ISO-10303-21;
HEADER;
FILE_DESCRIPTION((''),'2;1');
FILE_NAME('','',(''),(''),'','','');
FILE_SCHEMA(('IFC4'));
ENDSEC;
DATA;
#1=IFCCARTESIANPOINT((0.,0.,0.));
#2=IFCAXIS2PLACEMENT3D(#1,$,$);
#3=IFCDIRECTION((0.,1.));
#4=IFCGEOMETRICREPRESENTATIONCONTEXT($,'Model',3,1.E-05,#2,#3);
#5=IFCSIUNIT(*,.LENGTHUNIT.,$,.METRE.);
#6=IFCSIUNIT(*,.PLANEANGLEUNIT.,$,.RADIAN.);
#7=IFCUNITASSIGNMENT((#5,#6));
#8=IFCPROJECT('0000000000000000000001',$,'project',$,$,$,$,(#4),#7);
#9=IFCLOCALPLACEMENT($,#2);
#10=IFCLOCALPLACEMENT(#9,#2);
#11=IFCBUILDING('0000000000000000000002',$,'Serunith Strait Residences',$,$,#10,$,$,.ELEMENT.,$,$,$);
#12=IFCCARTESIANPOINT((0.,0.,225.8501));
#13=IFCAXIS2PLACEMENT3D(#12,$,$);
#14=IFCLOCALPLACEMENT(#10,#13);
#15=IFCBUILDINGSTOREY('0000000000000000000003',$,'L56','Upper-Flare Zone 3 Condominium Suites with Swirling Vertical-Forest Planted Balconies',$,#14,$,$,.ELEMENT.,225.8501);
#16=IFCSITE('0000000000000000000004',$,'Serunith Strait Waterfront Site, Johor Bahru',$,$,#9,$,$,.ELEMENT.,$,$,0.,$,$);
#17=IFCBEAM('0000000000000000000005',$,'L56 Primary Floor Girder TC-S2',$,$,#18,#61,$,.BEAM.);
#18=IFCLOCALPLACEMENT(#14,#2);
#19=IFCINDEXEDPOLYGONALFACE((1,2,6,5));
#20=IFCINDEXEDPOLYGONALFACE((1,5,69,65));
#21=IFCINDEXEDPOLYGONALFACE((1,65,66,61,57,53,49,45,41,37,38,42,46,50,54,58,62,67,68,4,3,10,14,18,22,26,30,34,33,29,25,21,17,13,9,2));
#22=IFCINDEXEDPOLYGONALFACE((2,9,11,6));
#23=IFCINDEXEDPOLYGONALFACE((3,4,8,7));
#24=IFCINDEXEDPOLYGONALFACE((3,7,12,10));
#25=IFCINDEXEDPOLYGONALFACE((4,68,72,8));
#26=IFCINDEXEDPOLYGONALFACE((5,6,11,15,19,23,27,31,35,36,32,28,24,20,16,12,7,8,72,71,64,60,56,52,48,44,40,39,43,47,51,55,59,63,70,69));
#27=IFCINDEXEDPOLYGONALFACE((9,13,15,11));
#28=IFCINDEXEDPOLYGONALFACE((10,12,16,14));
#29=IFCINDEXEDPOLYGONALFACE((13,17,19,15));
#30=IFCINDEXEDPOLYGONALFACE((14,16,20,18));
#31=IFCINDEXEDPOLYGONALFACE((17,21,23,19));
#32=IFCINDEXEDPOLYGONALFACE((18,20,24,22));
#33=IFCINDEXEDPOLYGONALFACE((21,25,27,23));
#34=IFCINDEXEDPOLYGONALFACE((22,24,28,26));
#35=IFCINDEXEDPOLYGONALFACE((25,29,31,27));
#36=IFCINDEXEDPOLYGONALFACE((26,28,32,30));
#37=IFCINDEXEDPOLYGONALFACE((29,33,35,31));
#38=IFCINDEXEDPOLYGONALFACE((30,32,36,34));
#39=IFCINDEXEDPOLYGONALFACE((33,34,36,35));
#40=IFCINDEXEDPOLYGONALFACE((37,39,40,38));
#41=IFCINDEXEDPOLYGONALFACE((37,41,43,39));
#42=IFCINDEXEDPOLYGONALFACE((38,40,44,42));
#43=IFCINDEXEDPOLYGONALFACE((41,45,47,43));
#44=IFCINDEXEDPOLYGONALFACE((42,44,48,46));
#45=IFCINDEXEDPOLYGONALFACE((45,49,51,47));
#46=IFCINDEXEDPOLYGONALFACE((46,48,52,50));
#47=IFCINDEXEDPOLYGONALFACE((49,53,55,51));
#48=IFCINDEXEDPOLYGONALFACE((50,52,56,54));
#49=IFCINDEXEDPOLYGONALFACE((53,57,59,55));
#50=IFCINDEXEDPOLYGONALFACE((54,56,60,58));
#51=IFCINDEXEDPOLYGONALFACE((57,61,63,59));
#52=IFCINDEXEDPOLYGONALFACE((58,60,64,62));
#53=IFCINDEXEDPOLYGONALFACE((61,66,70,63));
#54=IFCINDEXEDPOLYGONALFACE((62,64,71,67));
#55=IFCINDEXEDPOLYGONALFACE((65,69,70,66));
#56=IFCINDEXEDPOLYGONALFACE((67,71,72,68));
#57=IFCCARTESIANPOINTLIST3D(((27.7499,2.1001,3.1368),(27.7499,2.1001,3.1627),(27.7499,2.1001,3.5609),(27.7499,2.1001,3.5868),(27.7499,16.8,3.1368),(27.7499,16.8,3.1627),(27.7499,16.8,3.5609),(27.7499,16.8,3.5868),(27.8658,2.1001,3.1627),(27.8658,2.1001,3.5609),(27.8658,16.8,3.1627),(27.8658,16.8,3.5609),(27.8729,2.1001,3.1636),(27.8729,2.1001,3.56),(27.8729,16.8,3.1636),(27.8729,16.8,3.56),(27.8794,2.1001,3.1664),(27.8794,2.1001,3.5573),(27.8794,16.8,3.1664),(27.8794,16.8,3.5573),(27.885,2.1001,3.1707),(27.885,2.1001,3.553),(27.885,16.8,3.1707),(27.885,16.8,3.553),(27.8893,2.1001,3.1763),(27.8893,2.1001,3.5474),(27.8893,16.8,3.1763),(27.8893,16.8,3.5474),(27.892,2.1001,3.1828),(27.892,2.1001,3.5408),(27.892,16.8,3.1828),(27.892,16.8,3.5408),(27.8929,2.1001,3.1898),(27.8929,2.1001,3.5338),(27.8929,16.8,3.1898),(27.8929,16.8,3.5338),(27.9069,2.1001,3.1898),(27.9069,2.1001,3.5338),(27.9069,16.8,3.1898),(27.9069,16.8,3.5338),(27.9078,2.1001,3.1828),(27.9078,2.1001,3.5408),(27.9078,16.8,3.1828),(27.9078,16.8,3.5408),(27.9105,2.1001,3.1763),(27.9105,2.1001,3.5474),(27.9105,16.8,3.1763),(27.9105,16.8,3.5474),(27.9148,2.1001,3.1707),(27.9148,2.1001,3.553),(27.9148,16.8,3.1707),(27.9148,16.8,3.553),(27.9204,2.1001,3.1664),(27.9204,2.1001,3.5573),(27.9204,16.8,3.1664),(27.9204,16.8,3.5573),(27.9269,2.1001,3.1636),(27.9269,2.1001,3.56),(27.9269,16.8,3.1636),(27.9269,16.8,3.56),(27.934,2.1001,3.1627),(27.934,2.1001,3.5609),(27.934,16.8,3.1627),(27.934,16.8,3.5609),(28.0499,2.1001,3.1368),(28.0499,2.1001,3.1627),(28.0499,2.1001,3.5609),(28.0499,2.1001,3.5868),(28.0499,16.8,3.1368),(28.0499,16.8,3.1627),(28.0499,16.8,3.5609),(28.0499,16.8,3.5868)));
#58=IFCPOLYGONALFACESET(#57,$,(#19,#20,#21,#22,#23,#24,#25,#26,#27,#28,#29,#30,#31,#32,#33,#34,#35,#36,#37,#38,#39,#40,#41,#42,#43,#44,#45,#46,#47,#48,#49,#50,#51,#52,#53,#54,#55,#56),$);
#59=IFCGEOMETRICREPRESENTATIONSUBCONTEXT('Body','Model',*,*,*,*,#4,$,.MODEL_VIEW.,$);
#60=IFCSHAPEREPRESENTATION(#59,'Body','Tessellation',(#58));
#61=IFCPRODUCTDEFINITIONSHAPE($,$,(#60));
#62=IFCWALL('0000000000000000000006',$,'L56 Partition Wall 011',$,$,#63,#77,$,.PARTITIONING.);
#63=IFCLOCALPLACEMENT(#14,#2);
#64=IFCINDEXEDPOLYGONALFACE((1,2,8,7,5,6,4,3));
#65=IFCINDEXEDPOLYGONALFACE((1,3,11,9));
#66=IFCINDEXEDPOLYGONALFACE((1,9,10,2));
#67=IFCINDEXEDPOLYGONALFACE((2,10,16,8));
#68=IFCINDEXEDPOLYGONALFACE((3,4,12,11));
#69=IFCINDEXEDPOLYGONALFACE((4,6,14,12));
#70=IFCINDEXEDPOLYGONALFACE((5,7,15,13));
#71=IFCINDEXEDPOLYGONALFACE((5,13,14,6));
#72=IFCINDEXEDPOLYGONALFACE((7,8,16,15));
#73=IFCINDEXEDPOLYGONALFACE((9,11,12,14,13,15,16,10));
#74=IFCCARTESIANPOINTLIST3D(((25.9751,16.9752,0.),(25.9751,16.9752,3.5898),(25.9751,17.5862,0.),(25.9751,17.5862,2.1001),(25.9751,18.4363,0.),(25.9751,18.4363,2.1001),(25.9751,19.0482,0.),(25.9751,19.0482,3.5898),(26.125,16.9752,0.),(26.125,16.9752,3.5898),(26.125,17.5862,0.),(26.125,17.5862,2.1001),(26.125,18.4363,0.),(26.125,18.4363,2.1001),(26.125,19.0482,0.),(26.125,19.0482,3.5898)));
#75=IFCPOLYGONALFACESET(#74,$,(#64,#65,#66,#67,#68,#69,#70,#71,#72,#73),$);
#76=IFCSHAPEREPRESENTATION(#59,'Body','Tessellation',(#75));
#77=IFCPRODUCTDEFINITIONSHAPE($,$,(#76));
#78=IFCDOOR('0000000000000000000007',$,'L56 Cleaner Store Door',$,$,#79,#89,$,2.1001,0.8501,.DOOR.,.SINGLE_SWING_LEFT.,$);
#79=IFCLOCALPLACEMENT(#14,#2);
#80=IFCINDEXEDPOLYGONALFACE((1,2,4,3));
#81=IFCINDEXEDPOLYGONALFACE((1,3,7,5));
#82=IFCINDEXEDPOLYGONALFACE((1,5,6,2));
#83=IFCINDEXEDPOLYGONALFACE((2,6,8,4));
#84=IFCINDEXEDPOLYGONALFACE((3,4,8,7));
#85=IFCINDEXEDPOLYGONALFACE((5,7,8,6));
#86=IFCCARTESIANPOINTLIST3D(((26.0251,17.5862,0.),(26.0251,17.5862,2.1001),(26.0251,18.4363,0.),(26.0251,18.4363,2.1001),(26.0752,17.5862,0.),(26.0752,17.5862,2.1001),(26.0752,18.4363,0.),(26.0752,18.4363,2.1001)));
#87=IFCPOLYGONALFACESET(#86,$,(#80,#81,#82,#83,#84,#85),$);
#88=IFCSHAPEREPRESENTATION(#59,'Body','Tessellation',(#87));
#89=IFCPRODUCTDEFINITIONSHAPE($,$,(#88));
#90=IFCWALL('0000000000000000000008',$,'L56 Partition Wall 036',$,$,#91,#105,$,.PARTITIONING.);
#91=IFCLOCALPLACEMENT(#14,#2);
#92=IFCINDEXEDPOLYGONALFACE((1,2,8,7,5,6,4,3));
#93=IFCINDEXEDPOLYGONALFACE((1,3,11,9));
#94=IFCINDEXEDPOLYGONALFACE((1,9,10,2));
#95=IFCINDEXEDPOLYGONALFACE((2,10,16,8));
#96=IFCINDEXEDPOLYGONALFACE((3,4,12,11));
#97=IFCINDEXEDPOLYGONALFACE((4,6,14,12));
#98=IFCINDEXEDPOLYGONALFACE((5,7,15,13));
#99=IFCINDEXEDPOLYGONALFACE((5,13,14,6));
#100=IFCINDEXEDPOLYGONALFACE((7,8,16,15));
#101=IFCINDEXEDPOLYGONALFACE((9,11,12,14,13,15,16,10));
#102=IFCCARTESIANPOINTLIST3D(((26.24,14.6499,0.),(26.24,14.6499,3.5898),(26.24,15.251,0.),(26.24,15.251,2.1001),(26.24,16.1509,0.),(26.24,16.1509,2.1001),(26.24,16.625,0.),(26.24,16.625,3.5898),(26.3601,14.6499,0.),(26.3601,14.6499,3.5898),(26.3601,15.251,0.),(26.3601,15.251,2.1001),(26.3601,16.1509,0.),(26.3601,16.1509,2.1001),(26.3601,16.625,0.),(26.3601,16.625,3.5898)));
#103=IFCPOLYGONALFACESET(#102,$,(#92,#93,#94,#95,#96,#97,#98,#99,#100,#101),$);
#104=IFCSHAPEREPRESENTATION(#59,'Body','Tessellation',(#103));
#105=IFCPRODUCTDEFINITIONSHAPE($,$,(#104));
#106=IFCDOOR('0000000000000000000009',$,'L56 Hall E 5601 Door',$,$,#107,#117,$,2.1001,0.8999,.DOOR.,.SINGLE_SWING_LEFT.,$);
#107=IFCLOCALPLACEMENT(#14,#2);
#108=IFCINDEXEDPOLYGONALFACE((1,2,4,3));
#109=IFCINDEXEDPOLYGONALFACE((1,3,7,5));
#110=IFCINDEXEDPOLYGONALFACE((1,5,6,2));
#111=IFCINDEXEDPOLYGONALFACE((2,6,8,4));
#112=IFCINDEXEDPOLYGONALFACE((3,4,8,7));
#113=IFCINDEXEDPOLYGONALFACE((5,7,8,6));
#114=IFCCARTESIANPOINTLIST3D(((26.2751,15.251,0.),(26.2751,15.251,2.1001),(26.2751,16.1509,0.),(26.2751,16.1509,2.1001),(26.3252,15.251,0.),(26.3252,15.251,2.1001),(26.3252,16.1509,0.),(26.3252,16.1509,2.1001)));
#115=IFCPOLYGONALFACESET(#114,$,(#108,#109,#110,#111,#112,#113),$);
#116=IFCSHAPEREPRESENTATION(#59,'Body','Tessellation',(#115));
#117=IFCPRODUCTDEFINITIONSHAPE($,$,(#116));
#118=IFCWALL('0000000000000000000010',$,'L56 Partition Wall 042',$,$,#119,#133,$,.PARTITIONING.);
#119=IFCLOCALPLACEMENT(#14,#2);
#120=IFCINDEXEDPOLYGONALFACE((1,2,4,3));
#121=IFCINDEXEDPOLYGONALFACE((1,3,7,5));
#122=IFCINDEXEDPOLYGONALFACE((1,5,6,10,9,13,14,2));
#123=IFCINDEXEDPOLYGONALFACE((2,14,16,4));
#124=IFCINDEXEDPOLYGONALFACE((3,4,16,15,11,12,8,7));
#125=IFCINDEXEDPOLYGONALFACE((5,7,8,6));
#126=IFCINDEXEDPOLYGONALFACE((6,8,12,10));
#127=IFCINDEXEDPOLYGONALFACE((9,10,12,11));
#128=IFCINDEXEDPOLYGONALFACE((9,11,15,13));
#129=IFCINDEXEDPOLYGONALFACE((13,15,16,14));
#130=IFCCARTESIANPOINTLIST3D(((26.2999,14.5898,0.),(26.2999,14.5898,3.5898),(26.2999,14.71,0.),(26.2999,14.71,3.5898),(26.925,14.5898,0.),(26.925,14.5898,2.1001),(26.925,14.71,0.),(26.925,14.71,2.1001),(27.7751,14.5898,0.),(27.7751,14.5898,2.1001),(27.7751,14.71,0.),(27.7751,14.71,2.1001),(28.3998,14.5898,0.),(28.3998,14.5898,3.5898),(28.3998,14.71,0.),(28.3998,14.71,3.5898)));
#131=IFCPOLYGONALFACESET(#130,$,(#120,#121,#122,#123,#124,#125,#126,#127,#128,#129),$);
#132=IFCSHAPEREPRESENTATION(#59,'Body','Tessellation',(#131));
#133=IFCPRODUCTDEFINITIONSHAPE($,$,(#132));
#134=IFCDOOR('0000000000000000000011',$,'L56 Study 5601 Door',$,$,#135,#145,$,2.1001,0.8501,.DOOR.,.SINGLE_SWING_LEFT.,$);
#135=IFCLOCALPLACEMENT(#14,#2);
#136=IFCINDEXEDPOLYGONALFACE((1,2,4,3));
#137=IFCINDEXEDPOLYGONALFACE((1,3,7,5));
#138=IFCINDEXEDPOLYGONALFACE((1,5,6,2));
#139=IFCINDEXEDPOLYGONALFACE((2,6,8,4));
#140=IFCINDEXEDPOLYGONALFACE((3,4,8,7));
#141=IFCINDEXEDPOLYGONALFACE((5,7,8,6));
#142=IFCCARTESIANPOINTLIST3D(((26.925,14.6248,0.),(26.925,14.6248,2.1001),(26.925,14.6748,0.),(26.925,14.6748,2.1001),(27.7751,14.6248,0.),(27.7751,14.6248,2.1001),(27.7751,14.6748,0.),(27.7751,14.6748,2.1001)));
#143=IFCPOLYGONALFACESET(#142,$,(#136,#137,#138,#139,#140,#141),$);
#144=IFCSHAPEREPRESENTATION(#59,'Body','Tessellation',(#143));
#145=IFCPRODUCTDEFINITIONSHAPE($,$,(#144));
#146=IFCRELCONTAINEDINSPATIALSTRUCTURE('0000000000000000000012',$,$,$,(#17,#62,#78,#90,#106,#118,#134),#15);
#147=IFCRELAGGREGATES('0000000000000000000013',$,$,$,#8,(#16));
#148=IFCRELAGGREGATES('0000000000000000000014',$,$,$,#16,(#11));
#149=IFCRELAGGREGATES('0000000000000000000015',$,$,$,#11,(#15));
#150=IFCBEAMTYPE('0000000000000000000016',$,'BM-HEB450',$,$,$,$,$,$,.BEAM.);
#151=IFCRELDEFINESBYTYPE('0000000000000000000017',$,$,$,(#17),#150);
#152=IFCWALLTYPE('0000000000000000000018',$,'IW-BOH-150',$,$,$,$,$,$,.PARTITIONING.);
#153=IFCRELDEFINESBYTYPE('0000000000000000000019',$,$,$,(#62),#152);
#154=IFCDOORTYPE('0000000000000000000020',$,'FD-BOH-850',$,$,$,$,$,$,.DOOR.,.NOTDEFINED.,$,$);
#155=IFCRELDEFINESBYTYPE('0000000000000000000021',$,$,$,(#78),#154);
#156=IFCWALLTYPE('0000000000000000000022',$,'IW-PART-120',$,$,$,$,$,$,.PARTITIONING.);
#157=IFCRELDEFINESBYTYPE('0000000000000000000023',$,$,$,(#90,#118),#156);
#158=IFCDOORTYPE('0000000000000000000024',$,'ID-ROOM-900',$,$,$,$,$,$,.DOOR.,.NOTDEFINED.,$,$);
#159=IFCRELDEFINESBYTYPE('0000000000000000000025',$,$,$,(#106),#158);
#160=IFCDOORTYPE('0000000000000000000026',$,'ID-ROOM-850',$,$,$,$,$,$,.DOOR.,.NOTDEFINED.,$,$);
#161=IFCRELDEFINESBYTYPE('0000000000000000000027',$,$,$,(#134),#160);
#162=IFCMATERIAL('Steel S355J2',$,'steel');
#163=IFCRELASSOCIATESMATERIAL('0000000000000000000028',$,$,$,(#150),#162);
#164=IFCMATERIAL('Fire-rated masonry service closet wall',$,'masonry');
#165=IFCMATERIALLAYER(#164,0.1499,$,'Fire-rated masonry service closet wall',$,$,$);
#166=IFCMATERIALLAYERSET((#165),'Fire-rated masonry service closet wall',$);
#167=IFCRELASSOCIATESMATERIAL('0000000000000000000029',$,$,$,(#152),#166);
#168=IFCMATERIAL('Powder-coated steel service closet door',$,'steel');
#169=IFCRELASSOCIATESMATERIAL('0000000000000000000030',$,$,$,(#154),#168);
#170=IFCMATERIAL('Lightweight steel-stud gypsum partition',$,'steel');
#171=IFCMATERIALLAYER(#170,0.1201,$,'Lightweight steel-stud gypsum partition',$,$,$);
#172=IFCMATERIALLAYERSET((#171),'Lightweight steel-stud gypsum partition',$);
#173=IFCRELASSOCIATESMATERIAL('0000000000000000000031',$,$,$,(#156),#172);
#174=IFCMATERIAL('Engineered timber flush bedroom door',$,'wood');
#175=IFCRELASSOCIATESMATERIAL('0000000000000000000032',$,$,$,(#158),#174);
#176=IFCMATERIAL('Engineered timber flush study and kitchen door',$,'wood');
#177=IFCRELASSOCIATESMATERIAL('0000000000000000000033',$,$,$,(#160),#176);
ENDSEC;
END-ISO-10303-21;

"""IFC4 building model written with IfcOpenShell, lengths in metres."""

from ifc_helpers import new_model, si_unit, direction, frame, frame_2d, origin, origin_2d, place, context, subcontext, project, spatial, rectangle, i_section, extrude, source, transform, mapped, material, layer, layer_set, material_profile, profile_set, type_object, element, fill, save


model = new_model("IFC4")

# Units and contexts
model_context = context("Model", 3, precision=1e-05, world=origin(), true_north=direction((0.0, 1.0)))
body_context = subcontext(model_context, "Body", "Model", "MODEL_VIEW")
ifc_project = project(units=[si_unit("LENGTHUNIT", "METRE"), si_unit("PLANEANGLEUNIT", "RADIAN")], contexts=[model_context])

# Site, building, storey
site_placement = place(None, origin())
site = spatial("IfcSite", under=ifc_project, at=site_placement, Name="Serunith Strait Waterfront Site, Johor Bahru", CompositionType="ELEMENT", RefElevation=0.0)
building_placement = place(site_placement, origin())
building = spatial("IfcBuilding", under=site, at=building_placement, Name="Serunith Strait Residences", CompositionType="ELEMENT")
storey_placement = place(building_placement, frame((0.0, 0.0, 225.8501)))
storey = spatial("IfcBuildingStorey", under=building, at=storey_placement, Name="L56", Description="Upper-Flare Zone 3 Condominium Suites with Swirling Vertical-Forest Planted Balconies", CompositionType="ELEMENT", Elevation=225.8501)

# Beam
ifc_material_1 = material(Name="Steel S355J2", Category="steel")
ifc_material_profile = material_profile(ifc_material_1, i_section(OverallWidth=0.3, OverallDepth=0.45, WebThickness=0.0139, FlangeThickness=0.0259, FilletRadius=0.0271, at=origin_2d()), Name="HEB 450")
ifc_profile_set = profile_set([ifc_material_profile], Name="Steel S355J2")
beam_type = type_object("IfcBeamType", Name="BM-HEB450", PredefinedType="BEAM", material=ifc_profile_set)
shared_shape_1 = source(origin(), body_context, "Body", "SweptSolid", [
    extrude(i_section(OverallWidth=0.3, OverallDepth=0.45, WebThickness=0.0139, FlangeThickness=0.0259, FilletRadius=0.0271, at=origin_2d()), origin(), (0.0, 0.0, 1.0), 14.7),
])
beam_placement = place(storey_placement, frame((27.8999, 16.8, 3.3618), z_axis=(0.0, -1.0, 0.0), x_axis=(1.0, 0.0, 0.0)))
element("IfcBeam", 1, at=beam_placement, inside=storey, type_object=beam_type, Name="L56 Primary Floor Girder TC-S2", PredefinedType="BEAM", context=body_context, shape_type="MappedRepresentation", body=[
    mapped(shared_shape_1, transform((0.0, 0.0, 0.0), scale=1.0)),
])

# Walls, openings, doors
ifc_material_2 = material(Name="Fire-rated masonry service closet wall", Category="masonry")
ifc_layer_1 = layer(ifc_material_2, 0.1499, Name="Fire-rated masonry service closet wall")
ifc_layer_set_1 = layer_set([ifc_layer_1], Name="Fire-rated masonry service closet wall")
wall_type_1 = type_object("IfcWallType", Name="IW-BOH-150", PredefinedType="PARTITIONING", material=ifc_layer_set_1)
wall_1_placement = place(storey_placement, frame((26.05, 16.9751, 0.0), z_axis=(0.0, 0.0, 1.0), x_axis=(0.0, 1.0, 0.0)))
wall_1 = element("IfcWall", 2, at=wall_1_placement, inside=storey, type_object=wall_type_1, Name="L56 Partition Wall 011", PredefinedType="PARTITIONING", context=body_context, shape_type="SweptSolid", body=[
    extrude(rectangle(XDim=2.073, YDim=0.1499, at=frame_2d((1.0366, 0.0))), origin(), (0.0, 0.0, 1.0), 3.5898),
])
opening_1_placement = place(wall_1_placement, frame((0.6111, 0.0, 0.0)))
opening_1 = element("IfcOpeningElement", 3, at=opening_1_placement, cuts=wall_1, PredefinedType="OPENING", context=body_context, shape_type="SweptSolid", body=[
    extrude(rectangle(XDim=0.8501, YDim=2.1001, at=frame_2d((0.425, 1.05))), frame((0.0, 0.085, 0.0), z_axis=(0.0, -1.0, 0.0), x_axis=(1.0, 0.0, 0.0)), (0.0, 0.0, 1.0), 0.1699),
])
ifc_material_3 = material(Name="Powder-coated steel service closet door", Category="steel")
door_type_1 = type_object("IfcDoorType", Name="FD-BOH-850", OperationType="NOTDEFINED", PredefinedType="DOOR", material=ifc_material_3)
shared_shape_2 = source(origin(), body_context, "Body", "SweptSolid", [
    extrude(rectangle(XDim=0.8501, YDim=2.1001, at=frame_2d((0.425, 1.05))), frame((0.0, 0.0249, 0.0), z_axis=(0.0, -1.0, 0.0), x_axis=(1.0, 0.0, 0.0)), (0.0, 0.0, 1.0), 0.05),
])
door_1_placement = place(opening_1_placement, origin())
door_1 = element("IfcDoor", 4, at=door_1_placement, inside=storey, type_object=door_type_1, Name="L56 Cleaner Store Door", OperationType="SINGLE_SWING_LEFT", OverallHeight=2.1001, OverallWidth=0.8501, PredefinedType="DOOR", context=body_context, shape_type="MappedRepresentation", body=[
    mapped(shared_shape_2, transform((0.0, 0.0, 0.0), scale=1.0)),
])
fill(opening_1, door_1)
ifc_material_4 = material(Name="Lightweight steel-stud gypsum partition", Category="steel")
ifc_layer_2 = layer(ifc_material_4, 0.1201, Name="Lightweight steel-stud gypsum partition")
ifc_layer_set_2 = layer_set([ifc_layer_2], Name="Lightweight steel-stud gypsum partition")
wall_type_2 = type_object("IfcWallType", Name="IW-PART-120", PredefinedType="PARTITIONING", material=ifc_layer_set_2)
wall_2_placement = place(storey_placement, frame((26.3, 14.6499, 0.0), z_axis=(0.0, 0.0, 1.0), x_axis=(0.0, 1.0, 0.0)))
wall_2 = element("IfcWall", 5, at=wall_2_placement, inside=storey, type_object=wall_type_2, Name="L56 Partition Wall 036", PredefinedType="PARTITIONING", context=body_context, shape_type="SweptSolid", body=[
    extrude(rectangle(XDim=1.9751, YDim=0.1201, at=frame_2d((0.9875, 0.0))), origin(), (0.0, 0.0, 1.0), 3.5898),
])
opening_2_placement = place(wall_2_placement, frame((0.6011, 0.0, 0.0)))
opening_2 = element("IfcOpeningElement", 6, at=opening_2_placement, cuts=wall_2, PredefinedType="OPENING", context=body_context, shape_type="SweptSolid", body=[
    extrude(rectangle(XDim=0.8999, YDim=2.1001, at=frame_2d((0.45, 1.05))), frame((0.0, 0.0701, 0.0), z_axis=(0.0, -1.0, 0.0), x_axis=(1.0, 0.0, 0.0)), (0.0, 0.0, 1.0), 0.1401),
])
ifc_material_5 = material(Name="Engineered timber flush bedroom door", Category="wood")
door_type_2 = type_object("IfcDoorType", Name="ID-ROOM-900", OperationType="NOTDEFINED", PredefinedType="DOOR", material=ifc_material_5)
shared_shape_3 = source(origin(), body_context, "Body", "SweptSolid", [
    extrude(rectangle(XDim=0.8999, YDim=2.1001, at=frame_2d((0.45, 1.05))), frame((0.0, 0.0249, 0.0), z_axis=(0.0, -1.0, 0.0), x_axis=(1.0, 0.0, 0.0)), (0.0, 0.0, 1.0), 0.05),
])
door_2_placement = place(opening_2_placement, origin())
door_2 = element("IfcDoor", 7, at=door_2_placement, inside=storey, type_object=door_type_2, Name="L56 Hall E 5601 Door", OperationType="SINGLE_SWING_LEFT", OverallHeight=2.1001, OverallWidth=0.8999, PredefinedType="DOOR", context=body_context, shape_type="MappedRepresentation", body=[
    mapped(shared_shape_3, transform((0.0, 0.0, 0.0), scale=1.0)),
])
fill(opening_2, door_2)
wall_3_placement = place(storey_placement, frame((26.3, 14.6499, 0.0), z_axis=(0.0, 0.0, 1.0), x_axis=(1.0, 0.0, 0.0)))
wall_3 = element("IfcWall", 8, at=wall_3_placement, inside=storey, type_object=wall_type_2, Name="L56 Partition Wall 042", PredefinedType="PARTITIONING", context=body_context, shape_type="SweptSolid", body=[
    extrude(rectangle(XDim=2.0999, YDim=0.1201, at=frame_2d((1.0498, 0.0))), origin(), (0.0, 0.0, 1.0), 3.5898),
])
opening_3_placement = place(wall_3_placement, frame((0.625, 0.0, 0.0)))
opening_3 = element("IfcOpeningElement", 9, at=opening_3_placement, cuts=wall_3, PredefinedType="OPENING", context=body_context, shape_type="SweptSolid", body=[
    extrude(rectangle(XDim=0.8501, YDim=2.1001, at=frame_2d((0.425, 1.05))), frame((0.0, 0.0701, 0.0), z_axis=(0.0, -1.0, 0.0), x_axis=(1.0, 0.0, 0.0)), (0.0, 0.0, 1.0), 0.1401),
])
ifc_material_6 = material(Name="Engineered timber flush study and kitchen door", Category="wood")
door_type_3 = type_object("IfcDoorType", Name="ID-ROOM-850", OperationType="NOTDEFINED", PredefinedType="DOOR", material=ifc_material_6)
door_3_placement = place(opening_3_placement, origin())
door_3 = element("IfcDoor", 10, at=door_3_placement, inside=storey, type_object=door_type_3, Name="L56 Study 5601 Door", OperationType="SINGLE_SWING_LEFT", OverallHeight=2.1001, OverallWidth=0.8501, PredefinedType="DOOR", context=body_context, shape_type="MappedRepresentation", body=[
    mapped(shared_shape_2, transform((0.0, 0.0, 0.0), scale=1.0)),
])
fill(opening_3, door_3)

save(model, "model.ifc")
